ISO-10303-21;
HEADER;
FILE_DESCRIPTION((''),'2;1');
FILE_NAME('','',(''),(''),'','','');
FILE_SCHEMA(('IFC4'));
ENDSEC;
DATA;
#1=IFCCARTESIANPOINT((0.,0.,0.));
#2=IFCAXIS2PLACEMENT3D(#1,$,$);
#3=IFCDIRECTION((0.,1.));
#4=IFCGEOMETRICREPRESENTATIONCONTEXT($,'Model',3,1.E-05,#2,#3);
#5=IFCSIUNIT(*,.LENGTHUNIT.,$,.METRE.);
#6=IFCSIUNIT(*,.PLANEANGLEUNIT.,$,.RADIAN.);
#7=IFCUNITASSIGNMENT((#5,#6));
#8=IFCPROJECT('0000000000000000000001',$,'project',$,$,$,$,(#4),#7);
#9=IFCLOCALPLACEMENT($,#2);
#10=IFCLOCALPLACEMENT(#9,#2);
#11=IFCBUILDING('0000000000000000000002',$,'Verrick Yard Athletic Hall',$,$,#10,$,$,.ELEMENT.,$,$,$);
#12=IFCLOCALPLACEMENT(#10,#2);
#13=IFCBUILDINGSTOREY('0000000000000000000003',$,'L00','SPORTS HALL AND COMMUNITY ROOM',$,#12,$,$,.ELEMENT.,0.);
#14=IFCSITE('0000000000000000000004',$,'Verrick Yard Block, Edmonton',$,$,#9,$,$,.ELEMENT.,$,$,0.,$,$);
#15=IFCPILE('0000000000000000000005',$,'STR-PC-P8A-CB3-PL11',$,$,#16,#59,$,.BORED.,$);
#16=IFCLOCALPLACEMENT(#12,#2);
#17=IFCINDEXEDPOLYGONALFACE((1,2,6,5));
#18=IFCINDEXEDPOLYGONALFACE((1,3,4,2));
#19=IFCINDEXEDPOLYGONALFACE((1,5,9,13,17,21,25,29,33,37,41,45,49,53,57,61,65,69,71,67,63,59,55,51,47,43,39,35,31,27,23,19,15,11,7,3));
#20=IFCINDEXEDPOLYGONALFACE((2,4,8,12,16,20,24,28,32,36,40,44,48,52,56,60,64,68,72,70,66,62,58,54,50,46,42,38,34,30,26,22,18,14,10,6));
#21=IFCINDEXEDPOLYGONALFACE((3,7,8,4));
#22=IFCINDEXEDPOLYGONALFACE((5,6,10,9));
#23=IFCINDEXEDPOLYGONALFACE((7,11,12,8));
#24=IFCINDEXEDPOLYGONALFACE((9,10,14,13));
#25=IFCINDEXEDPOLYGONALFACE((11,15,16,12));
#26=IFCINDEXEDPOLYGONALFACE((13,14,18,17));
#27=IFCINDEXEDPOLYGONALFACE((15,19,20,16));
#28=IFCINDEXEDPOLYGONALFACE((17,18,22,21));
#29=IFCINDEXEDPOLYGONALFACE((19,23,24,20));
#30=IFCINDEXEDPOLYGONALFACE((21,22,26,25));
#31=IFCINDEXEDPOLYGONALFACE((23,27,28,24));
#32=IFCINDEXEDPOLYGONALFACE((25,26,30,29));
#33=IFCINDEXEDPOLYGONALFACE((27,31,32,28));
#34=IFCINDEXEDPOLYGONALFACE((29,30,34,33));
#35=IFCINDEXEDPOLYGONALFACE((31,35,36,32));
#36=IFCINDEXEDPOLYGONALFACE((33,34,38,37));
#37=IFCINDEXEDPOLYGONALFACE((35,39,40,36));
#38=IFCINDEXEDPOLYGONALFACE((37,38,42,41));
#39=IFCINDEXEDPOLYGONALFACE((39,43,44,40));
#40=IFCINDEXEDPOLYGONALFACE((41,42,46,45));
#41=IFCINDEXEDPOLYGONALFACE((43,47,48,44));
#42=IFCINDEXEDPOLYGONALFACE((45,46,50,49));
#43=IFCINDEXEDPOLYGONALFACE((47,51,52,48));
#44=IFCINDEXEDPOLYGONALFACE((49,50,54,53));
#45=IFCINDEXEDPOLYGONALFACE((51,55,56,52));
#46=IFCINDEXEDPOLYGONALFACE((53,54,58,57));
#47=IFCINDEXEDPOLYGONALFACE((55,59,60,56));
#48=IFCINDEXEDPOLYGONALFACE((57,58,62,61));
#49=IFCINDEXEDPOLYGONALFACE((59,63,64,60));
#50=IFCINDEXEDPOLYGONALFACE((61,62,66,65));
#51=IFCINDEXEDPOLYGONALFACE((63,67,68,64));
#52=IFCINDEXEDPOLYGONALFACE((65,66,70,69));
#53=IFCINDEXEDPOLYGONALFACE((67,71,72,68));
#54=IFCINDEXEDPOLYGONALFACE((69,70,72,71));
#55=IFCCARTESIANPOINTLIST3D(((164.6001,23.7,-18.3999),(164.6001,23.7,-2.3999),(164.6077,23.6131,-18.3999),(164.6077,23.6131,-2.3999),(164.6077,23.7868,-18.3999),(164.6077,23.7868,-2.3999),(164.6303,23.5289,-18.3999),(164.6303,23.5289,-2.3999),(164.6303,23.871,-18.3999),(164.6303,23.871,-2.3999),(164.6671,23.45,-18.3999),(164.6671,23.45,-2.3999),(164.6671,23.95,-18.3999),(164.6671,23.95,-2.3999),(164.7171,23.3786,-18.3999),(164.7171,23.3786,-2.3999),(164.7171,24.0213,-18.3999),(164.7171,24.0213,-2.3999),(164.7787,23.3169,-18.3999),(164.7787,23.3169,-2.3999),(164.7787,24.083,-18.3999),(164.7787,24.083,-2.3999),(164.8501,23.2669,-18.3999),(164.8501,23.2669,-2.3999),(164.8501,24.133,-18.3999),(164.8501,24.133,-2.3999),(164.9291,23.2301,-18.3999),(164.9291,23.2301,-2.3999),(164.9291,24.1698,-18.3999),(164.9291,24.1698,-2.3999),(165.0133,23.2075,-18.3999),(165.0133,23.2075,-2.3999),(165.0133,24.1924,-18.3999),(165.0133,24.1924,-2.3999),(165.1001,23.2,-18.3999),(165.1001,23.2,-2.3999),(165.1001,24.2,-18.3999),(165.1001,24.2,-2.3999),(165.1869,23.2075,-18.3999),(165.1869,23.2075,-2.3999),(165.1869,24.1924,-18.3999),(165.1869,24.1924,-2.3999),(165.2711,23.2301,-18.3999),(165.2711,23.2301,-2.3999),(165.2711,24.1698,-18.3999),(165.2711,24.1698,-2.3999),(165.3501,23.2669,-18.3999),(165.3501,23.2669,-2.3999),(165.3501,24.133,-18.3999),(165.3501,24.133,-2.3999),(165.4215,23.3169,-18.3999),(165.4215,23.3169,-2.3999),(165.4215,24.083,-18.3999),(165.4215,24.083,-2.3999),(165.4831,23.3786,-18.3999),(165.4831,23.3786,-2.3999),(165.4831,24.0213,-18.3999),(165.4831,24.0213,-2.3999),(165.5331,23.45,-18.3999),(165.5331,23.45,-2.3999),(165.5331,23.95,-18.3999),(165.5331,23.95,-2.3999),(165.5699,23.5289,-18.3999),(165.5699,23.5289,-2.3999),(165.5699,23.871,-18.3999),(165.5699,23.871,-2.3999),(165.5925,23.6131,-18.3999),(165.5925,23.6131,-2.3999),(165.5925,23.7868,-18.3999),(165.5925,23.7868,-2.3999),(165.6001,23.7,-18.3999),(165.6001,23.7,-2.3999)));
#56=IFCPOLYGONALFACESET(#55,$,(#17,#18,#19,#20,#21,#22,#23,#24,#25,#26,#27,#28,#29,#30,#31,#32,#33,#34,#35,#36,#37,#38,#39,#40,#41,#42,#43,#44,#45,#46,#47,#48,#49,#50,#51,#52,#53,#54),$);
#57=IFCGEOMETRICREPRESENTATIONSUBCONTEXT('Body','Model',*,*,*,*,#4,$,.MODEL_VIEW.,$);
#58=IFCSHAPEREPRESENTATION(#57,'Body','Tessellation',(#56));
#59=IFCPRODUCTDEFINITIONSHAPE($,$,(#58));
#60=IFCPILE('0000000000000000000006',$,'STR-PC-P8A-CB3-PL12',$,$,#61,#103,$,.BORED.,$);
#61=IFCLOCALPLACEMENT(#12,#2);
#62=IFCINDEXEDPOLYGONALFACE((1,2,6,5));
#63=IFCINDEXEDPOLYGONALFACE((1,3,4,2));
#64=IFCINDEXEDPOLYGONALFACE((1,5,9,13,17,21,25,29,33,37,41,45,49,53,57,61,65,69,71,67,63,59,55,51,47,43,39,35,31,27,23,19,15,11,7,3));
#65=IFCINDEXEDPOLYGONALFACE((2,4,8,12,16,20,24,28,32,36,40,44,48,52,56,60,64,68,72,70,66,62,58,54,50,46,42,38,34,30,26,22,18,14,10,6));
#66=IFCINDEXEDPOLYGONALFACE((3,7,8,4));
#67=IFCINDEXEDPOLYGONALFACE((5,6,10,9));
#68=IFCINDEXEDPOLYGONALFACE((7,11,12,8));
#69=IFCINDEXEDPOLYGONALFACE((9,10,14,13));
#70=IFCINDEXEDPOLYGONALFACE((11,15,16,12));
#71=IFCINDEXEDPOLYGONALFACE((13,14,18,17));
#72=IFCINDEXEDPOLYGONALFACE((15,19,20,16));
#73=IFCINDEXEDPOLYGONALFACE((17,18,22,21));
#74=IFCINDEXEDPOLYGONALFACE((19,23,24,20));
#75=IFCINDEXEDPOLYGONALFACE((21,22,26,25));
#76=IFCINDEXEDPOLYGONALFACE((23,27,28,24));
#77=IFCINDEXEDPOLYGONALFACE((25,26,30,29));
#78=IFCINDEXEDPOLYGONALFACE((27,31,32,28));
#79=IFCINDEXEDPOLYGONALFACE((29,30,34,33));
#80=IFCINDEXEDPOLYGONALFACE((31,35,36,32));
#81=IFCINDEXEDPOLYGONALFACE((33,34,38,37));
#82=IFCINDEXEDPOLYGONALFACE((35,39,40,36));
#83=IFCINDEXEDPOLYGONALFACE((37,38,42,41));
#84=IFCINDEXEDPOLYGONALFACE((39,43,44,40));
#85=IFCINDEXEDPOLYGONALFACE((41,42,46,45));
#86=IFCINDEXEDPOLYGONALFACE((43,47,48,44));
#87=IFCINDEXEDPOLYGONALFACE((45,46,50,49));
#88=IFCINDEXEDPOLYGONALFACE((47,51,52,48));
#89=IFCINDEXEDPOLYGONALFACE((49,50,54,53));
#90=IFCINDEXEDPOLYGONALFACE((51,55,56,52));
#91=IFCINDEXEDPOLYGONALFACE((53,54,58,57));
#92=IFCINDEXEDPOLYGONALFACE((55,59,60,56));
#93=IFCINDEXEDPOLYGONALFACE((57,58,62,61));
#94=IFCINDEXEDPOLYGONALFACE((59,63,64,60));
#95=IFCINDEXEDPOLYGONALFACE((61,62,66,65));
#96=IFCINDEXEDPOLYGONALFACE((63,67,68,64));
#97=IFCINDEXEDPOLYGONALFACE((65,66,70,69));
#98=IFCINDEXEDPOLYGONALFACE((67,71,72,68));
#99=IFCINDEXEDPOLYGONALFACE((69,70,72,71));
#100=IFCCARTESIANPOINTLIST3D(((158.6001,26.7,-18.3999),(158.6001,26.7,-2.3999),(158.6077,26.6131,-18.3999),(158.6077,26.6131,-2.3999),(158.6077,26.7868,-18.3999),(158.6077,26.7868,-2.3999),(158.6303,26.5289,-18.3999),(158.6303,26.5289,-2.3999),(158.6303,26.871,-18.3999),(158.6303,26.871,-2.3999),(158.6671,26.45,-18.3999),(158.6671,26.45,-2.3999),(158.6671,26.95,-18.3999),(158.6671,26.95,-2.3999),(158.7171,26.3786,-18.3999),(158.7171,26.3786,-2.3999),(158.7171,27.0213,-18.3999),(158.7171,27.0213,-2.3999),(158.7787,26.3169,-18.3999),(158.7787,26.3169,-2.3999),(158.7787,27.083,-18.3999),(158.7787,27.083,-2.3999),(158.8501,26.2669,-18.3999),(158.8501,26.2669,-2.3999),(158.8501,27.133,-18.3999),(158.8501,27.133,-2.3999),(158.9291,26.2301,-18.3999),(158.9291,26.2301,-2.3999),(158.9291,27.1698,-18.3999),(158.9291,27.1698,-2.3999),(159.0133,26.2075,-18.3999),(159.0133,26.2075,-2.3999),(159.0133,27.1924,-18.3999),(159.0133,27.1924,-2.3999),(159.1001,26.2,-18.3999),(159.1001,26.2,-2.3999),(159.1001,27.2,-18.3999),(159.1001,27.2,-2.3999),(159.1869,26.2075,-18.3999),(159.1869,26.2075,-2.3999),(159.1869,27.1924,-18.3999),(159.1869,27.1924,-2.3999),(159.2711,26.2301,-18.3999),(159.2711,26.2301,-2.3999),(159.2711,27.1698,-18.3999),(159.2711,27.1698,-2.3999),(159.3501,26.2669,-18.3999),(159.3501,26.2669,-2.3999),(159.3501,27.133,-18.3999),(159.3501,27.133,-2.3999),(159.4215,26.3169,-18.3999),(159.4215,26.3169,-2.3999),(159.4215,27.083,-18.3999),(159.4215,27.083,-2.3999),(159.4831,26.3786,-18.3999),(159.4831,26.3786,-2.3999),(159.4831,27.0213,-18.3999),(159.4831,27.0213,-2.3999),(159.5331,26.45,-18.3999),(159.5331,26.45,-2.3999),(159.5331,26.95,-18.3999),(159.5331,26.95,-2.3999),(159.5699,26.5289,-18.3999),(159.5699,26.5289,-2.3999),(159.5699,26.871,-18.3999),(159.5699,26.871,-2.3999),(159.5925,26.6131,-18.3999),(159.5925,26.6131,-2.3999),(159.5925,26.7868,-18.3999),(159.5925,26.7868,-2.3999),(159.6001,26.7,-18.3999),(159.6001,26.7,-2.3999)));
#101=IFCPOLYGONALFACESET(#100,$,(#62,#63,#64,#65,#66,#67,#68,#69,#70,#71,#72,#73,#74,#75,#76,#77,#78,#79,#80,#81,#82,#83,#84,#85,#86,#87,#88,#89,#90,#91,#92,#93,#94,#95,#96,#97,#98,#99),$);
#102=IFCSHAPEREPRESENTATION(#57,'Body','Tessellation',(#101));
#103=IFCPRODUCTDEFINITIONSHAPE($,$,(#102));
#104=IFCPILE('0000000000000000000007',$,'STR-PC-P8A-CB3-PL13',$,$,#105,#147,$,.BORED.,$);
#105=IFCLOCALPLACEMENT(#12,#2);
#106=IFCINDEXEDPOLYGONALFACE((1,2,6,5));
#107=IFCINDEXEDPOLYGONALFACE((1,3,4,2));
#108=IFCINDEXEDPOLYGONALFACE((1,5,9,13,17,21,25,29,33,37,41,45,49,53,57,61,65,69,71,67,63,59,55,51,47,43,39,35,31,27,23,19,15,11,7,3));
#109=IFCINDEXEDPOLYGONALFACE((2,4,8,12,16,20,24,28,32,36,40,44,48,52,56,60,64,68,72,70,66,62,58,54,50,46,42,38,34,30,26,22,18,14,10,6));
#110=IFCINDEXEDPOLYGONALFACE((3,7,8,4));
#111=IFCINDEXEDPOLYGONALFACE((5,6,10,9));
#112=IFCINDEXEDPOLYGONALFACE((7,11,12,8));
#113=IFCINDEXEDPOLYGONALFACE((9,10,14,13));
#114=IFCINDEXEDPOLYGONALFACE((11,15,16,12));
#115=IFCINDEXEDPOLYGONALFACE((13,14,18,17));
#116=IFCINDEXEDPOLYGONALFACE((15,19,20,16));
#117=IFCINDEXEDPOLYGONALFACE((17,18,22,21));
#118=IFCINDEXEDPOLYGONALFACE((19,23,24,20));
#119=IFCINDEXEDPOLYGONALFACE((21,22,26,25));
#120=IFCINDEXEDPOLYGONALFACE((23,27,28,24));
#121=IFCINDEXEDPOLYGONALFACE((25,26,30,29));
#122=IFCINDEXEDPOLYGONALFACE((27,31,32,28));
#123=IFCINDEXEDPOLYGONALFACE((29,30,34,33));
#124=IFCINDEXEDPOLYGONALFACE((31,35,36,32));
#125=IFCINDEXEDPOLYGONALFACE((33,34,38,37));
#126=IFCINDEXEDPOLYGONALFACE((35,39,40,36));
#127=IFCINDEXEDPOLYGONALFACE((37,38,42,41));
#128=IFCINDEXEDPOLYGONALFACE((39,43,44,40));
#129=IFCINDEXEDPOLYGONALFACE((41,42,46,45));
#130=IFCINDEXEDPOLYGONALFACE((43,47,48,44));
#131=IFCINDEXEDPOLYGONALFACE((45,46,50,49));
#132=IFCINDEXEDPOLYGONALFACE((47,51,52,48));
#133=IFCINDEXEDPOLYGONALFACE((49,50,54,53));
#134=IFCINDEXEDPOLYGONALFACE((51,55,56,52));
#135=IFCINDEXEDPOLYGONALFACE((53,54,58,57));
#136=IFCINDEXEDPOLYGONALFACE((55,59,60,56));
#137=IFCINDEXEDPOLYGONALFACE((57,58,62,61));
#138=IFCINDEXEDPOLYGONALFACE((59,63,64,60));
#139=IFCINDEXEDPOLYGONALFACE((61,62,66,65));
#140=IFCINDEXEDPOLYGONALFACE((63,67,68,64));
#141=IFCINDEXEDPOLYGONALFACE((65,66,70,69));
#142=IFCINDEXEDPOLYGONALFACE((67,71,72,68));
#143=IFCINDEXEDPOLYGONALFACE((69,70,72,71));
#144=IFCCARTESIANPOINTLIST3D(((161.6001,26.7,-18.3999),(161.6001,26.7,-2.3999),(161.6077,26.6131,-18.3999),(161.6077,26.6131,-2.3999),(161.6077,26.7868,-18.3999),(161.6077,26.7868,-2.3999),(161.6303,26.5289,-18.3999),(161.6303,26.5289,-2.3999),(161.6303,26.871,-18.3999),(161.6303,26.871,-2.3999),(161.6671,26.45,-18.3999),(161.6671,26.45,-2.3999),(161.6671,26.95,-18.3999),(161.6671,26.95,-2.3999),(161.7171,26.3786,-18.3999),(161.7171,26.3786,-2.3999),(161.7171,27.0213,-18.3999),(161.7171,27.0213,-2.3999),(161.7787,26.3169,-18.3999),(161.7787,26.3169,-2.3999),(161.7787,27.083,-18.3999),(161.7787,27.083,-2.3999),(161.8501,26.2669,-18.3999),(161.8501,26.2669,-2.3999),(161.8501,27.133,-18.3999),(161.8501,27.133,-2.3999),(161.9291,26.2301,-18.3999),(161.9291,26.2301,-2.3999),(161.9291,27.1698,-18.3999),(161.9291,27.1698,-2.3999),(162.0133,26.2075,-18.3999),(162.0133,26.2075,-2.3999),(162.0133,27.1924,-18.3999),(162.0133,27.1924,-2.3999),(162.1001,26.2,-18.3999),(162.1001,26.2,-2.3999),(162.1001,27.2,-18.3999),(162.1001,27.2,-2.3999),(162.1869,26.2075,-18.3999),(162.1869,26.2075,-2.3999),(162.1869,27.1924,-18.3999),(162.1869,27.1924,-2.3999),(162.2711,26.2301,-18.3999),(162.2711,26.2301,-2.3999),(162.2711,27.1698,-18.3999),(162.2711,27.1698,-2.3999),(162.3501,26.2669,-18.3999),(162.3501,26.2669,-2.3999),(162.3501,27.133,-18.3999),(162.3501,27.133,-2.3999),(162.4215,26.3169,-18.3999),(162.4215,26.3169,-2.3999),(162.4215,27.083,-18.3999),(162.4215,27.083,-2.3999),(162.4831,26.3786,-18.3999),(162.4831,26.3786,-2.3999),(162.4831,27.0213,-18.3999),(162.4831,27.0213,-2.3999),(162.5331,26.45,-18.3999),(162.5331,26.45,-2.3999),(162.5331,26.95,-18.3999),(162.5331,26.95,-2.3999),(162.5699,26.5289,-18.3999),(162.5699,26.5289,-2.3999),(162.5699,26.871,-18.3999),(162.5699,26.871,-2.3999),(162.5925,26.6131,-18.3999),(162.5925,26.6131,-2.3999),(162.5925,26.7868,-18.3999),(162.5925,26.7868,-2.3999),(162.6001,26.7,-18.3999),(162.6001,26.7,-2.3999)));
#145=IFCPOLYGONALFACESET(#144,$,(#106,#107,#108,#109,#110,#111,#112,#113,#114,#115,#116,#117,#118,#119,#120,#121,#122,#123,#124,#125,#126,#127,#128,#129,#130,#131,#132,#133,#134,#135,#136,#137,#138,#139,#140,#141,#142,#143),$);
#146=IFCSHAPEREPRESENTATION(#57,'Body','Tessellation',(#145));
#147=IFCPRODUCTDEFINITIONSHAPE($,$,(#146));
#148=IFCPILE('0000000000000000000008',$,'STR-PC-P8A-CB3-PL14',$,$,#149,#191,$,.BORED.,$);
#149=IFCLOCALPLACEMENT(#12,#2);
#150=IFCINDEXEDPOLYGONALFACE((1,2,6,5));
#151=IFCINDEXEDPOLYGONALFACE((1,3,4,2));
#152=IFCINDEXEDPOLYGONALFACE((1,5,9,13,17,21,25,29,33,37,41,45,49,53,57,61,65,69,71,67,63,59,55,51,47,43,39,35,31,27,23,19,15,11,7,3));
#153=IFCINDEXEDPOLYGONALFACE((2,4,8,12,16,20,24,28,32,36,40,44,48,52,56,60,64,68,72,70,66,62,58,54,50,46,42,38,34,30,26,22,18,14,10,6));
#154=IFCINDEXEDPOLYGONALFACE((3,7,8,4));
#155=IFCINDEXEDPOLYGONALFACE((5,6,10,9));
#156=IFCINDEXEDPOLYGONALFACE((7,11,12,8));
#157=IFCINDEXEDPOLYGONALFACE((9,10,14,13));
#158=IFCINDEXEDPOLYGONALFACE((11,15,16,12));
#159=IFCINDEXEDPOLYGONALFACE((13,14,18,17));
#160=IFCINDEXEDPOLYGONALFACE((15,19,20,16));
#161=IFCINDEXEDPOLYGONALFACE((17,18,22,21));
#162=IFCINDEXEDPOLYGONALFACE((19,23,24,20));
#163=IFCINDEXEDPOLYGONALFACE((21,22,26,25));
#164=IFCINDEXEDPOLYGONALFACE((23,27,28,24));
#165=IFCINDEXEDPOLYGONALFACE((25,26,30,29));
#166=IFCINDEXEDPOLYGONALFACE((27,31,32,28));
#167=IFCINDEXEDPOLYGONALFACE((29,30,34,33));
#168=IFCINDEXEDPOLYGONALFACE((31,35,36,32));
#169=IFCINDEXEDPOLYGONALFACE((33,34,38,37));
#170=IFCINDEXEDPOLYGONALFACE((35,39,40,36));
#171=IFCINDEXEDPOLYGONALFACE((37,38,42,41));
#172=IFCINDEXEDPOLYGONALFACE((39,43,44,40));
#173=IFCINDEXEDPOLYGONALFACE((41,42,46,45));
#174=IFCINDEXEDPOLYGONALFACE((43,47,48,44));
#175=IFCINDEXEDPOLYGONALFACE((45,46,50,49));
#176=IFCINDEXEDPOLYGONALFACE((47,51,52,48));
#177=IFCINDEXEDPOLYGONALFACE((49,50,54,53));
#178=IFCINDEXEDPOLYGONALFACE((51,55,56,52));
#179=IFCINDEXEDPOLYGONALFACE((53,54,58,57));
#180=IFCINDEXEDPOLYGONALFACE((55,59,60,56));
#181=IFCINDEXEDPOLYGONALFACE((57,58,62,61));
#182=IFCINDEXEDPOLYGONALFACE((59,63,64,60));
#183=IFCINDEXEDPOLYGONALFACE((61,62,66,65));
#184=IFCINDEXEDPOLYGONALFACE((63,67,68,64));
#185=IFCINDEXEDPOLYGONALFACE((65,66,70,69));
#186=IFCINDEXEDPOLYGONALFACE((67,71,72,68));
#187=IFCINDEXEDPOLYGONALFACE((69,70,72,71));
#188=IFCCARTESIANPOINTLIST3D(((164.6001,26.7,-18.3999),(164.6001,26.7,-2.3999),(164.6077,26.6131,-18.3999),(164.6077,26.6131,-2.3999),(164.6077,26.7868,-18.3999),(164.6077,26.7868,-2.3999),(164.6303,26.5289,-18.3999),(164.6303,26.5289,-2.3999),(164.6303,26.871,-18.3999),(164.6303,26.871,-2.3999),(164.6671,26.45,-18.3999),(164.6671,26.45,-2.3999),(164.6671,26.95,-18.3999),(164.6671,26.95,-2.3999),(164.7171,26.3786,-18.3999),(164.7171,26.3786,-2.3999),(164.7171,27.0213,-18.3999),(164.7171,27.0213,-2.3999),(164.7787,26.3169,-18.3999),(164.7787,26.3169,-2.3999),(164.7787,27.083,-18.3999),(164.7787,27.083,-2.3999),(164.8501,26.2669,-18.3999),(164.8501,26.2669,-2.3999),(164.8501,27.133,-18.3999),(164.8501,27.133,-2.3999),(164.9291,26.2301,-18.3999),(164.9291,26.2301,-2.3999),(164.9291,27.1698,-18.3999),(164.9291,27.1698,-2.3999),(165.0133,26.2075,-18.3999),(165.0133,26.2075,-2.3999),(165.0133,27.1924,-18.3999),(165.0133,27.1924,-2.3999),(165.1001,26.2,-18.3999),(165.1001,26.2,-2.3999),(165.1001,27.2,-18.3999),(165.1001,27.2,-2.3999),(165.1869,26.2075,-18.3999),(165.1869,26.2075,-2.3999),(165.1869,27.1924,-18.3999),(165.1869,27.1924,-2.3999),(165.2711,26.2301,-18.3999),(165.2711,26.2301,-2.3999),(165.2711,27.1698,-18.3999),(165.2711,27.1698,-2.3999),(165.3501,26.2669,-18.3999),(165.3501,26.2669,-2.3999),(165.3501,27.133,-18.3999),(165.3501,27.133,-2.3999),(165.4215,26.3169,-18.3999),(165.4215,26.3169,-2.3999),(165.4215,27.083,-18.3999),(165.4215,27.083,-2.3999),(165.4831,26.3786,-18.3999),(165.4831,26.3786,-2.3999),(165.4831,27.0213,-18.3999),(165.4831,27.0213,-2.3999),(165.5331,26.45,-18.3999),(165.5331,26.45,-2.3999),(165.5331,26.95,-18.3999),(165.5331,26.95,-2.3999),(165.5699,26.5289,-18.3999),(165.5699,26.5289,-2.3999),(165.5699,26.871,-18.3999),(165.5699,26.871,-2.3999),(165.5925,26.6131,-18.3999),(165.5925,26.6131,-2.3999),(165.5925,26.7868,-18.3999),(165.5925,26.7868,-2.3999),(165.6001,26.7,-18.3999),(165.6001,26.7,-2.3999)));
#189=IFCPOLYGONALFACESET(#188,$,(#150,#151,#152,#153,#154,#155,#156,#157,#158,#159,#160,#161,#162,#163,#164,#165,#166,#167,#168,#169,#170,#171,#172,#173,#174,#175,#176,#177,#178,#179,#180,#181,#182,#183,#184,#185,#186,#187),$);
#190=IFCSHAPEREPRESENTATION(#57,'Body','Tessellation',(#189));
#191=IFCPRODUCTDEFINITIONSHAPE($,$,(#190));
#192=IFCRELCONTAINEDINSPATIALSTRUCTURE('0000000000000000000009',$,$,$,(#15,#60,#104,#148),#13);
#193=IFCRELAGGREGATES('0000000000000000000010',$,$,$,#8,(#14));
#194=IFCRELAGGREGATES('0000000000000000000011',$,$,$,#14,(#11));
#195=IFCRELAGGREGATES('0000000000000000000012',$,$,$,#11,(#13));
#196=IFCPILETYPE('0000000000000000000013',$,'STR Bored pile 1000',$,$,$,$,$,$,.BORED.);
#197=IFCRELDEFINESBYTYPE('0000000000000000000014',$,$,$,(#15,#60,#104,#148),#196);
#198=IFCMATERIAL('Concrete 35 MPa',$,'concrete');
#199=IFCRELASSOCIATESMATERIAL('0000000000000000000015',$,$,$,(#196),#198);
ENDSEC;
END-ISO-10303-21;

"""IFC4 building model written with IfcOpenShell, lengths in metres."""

from ifc_helpers import new_model, si_unit, direction, frame, origin, origin_2d, place, context, subcontext, project, spatial, circle, extrude, material, type_object, element, save


model = new_model("IFC4")

# Units and contexts
model_context = context("Model", 3, precision=1e-05, world=origin(), true_north=direction((0.0, 1.0)))
body_context = subcontext(model_context, "Body", "Model", "MODEL_VIEW")
ifc_project = project(units=[si_unit("LENGTHUNIT", "METRE"), si_unit("PLANEANGLEUNIT", "RADIAN")], contexts=[model_context])

# Site, building, storey
site_placement = place(None, origin())
site = spatial("IfcSite", under=ifc_project, at=site_placement, Name="Verrick Yard Block, Edmonton", CompositionType="ELEMENT", RefElevation=0.0)
building_placement = place(site_placement, origin())
building = spatial("IfcBuilding", under=site, at=building_placement, Name="Verrick Yard Athletic Hall", CompositionType="ELEMENT")
storey_placement = place(building_placement, origin())
storey = spatial("IfcBuildingStorey", under=building, at=storey_placement, Name="L00", Description="SPORTS HALL AND COMMUNITY ROOM", CompositionType="ELEMENT", Elevation=0.0)

# Piles
ifc_material_1 = material(Name="Concrete 35 MPa", Category="concrete")
pile_type = type_object("IfcPileType", Name="STR Bored pile 1000", PredefinedType="BORED", material=ifc_material_1)
for number, where, z_axis, x_axis, name in (
    (1, (165.1001, 23.7, -2.3999), (0.0, 0.0, -1.0), (1.0, 0.0, 0.0), "STR-PC-P8A-CB3-PL11"),
    (2, (159.1001, 26.7, -2.3999), (0.0, 0.0, -1.0), (1.0, 0.0, 0.0), "STR-PC-P8A-CB3-PL12"),
    (3, (162.1001, 26.7, -2.3999), (0.0, 0.0, -1.0), (1.0, 0.0, 0.0), "STR-PC-P8A-CB3-PL13"),
    (4, (165.1001, 26.7, -2.3999), (0.0, 0.0, -1.0), (1.0, 0.0, 0.0), "STR-PC-P8A-CB3-PL14"),
):
    element("IfcPile", number, at=place(storey_placement, frame(where, z_axis=z_axis, x_axis=x_axis)), inside=storey, type_object=pile_type, Name=name, PredefinedType="BORED", context=body_context, shape_type="SweptSolid", body=[
        extrude(circle(Radius=0.5, at=origin_2d()), origin(), (0.0, 0.0, 1.0), 16.0),
    ])

save(model, "model.ifc")
